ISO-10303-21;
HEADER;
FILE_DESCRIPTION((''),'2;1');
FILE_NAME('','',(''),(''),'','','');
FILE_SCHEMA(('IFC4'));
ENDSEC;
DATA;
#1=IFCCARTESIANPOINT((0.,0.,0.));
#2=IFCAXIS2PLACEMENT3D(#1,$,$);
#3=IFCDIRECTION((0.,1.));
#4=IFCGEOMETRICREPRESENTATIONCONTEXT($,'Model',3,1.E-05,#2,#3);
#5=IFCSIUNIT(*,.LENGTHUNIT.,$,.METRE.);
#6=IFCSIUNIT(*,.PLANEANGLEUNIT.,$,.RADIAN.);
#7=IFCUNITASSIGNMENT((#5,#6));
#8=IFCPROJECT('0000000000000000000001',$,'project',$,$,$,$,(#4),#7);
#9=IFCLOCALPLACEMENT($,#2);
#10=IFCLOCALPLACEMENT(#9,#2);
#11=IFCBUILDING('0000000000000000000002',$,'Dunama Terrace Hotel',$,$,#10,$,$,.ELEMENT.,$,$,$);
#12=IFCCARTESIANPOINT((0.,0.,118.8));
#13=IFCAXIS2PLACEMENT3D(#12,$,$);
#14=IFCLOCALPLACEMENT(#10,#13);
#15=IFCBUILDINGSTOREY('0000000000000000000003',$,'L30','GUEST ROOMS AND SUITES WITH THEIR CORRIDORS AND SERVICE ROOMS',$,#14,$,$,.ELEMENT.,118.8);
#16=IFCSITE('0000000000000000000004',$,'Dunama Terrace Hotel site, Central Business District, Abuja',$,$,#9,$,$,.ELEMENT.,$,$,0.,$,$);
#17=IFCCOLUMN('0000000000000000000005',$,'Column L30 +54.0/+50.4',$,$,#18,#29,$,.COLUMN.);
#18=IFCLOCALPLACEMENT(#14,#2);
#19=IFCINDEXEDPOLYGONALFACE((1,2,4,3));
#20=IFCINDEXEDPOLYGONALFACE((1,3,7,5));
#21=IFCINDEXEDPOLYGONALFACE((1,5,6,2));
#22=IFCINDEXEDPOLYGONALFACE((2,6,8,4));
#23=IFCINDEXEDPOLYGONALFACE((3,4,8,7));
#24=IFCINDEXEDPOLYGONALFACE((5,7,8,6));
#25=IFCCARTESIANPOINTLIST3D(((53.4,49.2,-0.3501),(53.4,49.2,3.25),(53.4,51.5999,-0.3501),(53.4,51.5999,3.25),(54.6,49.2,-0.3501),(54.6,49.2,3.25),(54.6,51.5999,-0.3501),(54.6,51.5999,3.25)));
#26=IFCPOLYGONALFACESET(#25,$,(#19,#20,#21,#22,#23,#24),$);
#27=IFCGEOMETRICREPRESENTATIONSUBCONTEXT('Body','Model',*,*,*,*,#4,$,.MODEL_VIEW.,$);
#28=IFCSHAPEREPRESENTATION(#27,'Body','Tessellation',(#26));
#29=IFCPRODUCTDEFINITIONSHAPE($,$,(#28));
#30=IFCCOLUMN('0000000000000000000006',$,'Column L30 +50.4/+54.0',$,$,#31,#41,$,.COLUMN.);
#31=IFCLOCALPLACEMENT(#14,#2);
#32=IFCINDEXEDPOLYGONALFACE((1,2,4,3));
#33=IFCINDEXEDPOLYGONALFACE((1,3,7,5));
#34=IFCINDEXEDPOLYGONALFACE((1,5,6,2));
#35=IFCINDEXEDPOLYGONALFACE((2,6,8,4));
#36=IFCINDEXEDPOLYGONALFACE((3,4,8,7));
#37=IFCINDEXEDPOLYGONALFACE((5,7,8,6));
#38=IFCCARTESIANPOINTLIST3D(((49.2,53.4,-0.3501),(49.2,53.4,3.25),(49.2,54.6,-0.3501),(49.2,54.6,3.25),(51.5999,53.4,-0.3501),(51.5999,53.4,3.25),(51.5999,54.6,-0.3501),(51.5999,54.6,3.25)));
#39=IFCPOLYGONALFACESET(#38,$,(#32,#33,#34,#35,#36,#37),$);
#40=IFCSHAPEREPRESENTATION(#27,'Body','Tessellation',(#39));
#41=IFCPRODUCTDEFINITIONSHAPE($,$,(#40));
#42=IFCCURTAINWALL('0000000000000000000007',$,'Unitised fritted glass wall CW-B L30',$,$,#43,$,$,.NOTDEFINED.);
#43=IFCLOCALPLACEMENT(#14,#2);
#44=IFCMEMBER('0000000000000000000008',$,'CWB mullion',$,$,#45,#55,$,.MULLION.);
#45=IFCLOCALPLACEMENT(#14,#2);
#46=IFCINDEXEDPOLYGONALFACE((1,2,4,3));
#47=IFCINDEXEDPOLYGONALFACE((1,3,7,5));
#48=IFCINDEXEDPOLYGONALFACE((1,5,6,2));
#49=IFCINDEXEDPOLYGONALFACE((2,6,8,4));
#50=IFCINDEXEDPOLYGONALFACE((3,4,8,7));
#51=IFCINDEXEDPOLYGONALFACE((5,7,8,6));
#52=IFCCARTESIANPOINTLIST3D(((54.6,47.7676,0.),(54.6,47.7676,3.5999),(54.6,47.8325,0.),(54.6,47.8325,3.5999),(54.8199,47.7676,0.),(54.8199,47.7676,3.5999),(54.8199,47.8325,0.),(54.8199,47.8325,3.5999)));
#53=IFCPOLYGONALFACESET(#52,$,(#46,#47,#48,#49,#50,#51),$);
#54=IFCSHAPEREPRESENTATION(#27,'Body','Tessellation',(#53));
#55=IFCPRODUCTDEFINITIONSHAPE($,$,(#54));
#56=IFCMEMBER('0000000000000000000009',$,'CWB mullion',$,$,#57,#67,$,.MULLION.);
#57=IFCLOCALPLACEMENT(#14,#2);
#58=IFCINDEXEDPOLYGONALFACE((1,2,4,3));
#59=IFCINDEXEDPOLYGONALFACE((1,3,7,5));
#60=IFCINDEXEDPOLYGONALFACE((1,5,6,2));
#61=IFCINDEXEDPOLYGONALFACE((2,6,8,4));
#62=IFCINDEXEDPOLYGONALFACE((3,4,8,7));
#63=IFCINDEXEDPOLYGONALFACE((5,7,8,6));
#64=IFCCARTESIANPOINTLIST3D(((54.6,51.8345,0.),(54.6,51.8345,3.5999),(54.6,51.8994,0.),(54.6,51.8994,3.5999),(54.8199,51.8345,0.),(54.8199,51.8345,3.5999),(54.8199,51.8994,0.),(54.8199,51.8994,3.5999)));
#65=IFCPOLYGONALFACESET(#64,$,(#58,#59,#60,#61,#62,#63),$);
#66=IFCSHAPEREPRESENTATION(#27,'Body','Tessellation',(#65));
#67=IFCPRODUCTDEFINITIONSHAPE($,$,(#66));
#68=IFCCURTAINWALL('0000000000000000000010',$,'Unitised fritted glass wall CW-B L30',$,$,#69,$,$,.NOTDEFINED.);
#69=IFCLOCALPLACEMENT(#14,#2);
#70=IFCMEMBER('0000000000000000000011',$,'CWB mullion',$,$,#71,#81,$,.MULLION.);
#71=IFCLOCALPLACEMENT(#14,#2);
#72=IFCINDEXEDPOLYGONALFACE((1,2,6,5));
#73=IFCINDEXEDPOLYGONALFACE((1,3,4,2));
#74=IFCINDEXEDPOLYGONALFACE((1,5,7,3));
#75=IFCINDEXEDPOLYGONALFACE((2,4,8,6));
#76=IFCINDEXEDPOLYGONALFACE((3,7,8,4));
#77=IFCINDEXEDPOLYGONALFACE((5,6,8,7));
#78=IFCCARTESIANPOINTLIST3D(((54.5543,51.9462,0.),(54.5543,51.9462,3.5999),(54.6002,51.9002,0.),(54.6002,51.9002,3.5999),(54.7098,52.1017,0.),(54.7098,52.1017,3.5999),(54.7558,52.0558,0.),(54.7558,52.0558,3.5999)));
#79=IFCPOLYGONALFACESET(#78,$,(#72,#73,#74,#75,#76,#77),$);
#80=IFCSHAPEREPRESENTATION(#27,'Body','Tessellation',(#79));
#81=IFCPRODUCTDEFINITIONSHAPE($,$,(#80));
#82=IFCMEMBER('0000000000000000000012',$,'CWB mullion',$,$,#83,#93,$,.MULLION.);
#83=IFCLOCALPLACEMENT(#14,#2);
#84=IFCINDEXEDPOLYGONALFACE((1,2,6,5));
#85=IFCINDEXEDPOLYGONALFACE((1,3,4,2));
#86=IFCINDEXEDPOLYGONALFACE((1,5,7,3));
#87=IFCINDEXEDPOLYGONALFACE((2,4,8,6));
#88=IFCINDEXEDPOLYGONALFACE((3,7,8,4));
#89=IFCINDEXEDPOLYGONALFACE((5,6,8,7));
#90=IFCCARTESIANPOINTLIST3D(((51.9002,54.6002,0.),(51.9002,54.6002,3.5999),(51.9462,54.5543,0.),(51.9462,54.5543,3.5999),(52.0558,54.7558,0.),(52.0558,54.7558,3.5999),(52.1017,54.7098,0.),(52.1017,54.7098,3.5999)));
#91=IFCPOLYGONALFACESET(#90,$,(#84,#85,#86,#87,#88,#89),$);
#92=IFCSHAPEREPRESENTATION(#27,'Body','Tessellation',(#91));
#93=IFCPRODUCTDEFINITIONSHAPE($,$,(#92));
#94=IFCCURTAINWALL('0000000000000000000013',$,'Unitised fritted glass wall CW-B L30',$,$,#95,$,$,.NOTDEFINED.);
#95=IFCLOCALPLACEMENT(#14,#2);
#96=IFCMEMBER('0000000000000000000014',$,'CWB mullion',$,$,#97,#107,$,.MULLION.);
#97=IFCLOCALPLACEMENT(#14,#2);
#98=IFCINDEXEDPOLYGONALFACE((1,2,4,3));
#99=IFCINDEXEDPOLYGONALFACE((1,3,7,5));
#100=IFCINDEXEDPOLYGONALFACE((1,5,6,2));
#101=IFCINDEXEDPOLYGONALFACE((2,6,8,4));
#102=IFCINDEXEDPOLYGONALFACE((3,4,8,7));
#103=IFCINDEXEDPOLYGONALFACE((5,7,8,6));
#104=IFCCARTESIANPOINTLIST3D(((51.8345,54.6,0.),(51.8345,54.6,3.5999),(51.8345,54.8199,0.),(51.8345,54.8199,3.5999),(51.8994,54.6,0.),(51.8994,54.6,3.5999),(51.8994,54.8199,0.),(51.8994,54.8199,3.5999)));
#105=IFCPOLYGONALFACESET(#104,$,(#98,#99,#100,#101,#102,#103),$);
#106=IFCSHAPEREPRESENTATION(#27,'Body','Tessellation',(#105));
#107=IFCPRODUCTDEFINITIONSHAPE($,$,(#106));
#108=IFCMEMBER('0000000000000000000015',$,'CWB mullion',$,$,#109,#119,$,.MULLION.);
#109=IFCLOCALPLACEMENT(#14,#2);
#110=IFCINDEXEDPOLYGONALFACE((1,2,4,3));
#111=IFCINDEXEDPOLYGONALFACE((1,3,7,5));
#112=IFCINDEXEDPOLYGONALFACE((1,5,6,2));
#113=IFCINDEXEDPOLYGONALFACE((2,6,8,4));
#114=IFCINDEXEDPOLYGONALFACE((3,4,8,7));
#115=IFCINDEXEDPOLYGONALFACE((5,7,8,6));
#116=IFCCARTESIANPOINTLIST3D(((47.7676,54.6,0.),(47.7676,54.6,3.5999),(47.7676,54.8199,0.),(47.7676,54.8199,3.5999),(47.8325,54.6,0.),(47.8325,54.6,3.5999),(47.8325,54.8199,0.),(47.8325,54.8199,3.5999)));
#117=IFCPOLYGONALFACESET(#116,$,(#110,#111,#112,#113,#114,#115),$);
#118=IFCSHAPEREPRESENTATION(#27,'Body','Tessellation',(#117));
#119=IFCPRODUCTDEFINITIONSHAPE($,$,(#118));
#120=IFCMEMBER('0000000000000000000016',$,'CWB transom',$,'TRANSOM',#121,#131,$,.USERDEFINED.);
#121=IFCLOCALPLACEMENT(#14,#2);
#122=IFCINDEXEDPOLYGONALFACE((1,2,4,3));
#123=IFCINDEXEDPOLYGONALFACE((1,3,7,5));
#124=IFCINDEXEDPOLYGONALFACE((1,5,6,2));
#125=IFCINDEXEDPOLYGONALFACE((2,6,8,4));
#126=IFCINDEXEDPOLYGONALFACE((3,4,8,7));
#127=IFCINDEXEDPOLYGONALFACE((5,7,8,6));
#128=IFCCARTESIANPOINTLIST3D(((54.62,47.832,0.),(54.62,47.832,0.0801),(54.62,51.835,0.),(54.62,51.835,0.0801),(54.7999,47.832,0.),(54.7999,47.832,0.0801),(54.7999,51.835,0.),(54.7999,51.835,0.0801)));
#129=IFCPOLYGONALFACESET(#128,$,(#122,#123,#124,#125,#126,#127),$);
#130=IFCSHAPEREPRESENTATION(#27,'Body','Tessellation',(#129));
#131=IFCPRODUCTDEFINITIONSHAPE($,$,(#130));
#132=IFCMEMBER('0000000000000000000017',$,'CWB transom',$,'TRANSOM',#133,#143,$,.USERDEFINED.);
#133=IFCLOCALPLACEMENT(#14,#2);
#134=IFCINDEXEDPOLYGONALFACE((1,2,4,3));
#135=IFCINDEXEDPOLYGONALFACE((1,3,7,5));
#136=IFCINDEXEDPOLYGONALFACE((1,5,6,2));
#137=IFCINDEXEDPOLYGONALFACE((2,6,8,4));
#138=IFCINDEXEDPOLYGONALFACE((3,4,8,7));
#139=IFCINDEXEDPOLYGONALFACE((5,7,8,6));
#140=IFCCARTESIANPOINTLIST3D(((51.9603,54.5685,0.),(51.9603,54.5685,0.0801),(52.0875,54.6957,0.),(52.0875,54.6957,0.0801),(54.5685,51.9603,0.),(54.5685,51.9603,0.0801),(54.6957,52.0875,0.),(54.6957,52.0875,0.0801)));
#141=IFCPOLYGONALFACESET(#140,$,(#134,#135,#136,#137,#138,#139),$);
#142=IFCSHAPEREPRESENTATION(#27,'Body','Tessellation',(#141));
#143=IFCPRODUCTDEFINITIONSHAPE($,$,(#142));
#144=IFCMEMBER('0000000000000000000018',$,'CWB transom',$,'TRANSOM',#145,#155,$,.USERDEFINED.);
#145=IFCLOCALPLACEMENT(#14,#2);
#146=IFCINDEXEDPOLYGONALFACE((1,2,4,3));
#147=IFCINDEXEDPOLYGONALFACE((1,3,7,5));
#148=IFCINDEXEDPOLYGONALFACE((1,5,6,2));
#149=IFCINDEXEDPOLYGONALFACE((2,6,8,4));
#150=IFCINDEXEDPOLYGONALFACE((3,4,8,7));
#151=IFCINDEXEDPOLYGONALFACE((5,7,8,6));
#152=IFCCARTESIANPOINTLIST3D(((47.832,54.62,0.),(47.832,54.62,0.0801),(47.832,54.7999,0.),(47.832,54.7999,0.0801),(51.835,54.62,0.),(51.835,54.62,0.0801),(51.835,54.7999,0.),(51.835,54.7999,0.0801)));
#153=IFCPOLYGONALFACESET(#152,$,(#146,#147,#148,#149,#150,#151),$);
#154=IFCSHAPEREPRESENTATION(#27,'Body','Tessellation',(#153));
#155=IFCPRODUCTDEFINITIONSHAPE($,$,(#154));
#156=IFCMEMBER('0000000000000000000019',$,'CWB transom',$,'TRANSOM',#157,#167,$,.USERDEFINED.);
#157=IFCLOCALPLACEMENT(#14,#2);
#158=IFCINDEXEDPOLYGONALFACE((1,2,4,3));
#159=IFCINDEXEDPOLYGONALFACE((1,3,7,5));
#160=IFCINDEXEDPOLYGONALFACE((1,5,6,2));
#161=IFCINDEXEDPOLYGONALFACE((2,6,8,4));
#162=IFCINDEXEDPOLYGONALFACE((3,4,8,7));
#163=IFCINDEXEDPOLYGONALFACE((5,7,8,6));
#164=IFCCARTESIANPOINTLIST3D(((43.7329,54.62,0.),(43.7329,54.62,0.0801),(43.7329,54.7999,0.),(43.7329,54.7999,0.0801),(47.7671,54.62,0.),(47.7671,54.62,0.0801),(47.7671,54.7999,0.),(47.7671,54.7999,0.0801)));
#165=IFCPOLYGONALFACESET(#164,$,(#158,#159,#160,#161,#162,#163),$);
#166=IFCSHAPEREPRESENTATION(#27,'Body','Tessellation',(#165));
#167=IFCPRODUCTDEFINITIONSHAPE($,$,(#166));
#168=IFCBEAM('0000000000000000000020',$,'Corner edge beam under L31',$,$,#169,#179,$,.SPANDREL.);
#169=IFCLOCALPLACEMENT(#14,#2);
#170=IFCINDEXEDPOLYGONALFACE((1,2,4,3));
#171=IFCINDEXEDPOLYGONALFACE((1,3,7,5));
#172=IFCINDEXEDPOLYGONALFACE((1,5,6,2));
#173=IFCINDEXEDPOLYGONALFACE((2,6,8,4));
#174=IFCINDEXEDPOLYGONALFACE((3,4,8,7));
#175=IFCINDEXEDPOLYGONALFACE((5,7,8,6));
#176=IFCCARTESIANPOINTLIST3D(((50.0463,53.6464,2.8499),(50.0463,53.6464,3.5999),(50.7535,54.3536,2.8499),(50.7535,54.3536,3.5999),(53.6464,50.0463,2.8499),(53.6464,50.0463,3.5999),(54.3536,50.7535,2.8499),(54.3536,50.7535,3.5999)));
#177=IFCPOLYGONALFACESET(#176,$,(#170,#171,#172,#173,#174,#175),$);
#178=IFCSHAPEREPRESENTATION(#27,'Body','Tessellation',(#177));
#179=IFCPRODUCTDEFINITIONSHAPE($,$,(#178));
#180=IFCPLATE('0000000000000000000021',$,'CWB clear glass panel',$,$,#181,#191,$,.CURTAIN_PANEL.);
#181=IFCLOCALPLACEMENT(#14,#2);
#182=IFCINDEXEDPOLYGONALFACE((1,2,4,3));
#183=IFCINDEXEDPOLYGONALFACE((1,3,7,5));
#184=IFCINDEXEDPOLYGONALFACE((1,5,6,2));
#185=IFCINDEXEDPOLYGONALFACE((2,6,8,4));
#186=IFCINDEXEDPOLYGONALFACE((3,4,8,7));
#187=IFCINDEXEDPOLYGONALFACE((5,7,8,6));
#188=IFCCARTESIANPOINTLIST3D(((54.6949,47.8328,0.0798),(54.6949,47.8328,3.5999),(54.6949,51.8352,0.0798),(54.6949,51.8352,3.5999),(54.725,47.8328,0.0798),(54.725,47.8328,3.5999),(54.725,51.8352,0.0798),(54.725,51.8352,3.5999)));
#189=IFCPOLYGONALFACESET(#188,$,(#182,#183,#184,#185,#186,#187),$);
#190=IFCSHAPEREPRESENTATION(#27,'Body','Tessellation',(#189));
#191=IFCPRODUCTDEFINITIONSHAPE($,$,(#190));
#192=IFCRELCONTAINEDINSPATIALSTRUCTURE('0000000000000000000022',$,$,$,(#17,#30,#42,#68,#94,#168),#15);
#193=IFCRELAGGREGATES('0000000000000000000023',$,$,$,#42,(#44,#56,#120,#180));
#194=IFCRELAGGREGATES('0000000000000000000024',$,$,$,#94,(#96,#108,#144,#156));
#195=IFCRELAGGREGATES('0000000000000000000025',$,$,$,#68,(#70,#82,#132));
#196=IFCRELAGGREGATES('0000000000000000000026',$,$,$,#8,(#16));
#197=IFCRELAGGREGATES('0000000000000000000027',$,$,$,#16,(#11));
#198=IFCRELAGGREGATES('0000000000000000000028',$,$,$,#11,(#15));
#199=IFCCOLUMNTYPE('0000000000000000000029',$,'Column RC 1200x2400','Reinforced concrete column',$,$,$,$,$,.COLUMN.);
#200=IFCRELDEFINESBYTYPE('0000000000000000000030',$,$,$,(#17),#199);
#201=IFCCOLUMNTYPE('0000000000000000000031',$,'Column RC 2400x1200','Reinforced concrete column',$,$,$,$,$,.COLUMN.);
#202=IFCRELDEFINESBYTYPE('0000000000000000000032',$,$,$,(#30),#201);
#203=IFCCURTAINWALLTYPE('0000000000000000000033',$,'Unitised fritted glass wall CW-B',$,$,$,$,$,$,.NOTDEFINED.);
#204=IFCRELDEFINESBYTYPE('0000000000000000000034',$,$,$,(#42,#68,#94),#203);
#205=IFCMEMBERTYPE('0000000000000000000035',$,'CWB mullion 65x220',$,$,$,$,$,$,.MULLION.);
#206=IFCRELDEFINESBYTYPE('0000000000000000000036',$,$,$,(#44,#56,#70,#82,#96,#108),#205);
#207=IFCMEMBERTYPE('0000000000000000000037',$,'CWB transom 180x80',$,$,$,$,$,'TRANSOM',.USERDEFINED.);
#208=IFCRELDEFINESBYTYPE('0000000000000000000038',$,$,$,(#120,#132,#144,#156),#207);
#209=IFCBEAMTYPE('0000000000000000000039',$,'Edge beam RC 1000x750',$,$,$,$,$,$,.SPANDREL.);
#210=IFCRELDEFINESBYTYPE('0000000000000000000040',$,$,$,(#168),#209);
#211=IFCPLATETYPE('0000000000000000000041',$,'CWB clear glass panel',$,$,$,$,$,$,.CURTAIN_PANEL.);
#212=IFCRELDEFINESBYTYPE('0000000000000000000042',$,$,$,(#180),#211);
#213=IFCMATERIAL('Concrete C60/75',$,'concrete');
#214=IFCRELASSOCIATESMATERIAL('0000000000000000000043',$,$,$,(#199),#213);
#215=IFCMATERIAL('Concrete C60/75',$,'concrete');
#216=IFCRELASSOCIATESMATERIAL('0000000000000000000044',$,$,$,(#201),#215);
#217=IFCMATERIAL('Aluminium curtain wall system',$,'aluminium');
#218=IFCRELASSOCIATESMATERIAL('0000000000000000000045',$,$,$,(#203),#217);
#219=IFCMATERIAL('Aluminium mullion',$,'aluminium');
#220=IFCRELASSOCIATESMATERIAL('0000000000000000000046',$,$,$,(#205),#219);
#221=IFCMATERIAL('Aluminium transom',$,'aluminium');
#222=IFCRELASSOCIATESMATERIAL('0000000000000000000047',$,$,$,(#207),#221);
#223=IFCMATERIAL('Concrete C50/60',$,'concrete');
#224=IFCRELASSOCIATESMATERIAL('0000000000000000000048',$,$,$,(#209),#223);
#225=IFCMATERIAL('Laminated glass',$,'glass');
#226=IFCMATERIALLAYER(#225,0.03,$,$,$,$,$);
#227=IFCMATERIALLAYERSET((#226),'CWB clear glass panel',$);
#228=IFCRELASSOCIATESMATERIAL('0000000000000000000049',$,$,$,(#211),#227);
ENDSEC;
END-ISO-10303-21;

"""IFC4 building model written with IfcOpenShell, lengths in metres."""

from ifc_helpers import new_model, si_unit, direction, frame, origin, origin_2d, place, context, subcontext, project, spatial, rectangle, extrude, material, layer, layer_set, material_profile, profile_set, type_object, element, aggregate, save


model = new_model("IFC4")

# Units and contexts
model_context = context("Model", 3, precision=1e-05, world=origin(), true_north=direction((0.0, 1.0)))
body_context = subcontext(model_context, "Body", "Model", "MODEL_VIEW")
ifc_project = project(units=[si_unit("LENGTHUNIT", "METRE"), si_unit("PLANEANGLEUNIT", "RADIAN")], contexts=[model_context])

# Site, building, storey
site_placement = place(None, origin())
site = spatial("IfcSite", under=ifc_project, at=site_placement, Name="Dunama Terrace Hotel site, Central Business District, Abuja", CompositionType="ELEMENT", RefElevation=0.0)
building_placement = place(site_placement, origin())
building = spatial("IfcBuilding", under=site, at=building_placement, Name="Dunama Terrace Hotel", CompositionType="ELEMENT")
storey_placement = place(building_placement, frame((0.0, 0.0, 118.8)))
storey = spatial("IfcBuildingStorey", under=building, at=storey_placement, Name="L30", Description="GUEST ROOMS AND SUITES WITH THEIR CORRIDORS AND SERVICE ROOMS", CompositionType="ELEMENT", Elevation=118.8)

# Columns
ifc_material_1 = material(Name="Concrete C60/75", Category="concrete")
ifc_material_profile_1 = material_profile(ifc_material_1, rectangle(XDim=1.2, YDim=2.3999, at=origin_2d()), Name="RC 1200x2400")
ifc_profile_set_1 = profile_set([ifc_material_profile_1], Name="Concrete C60/75")
column_type_1 = type_object("IfcColumnType", Name="Column RC 1200x2400", Description="Reinforced concrete column", PredefinedType="COLUMN", material=ifc_profile_set_1)
column_1_placement = place(storey_placement, frame((54.0, 50.3999, -0.3501), z_axis=(0.0, 0.0, 1.0), x_axis=(1.0, 0.0, 0.0)))
element("IfcColumn", 1, at=column_1_placement, inside=storey, type_object=column_type_1, Name="Column L30 +54.0/+50.4", PredefinedType="COLUMN", context=body_context, shape_type="SweptSolid", body=[
    extrude(rectangle(XDim=1.2, YDim=2.3999, at=origin_2d()), origin(), (0.0, 0.0, 1.0), 3.6001),
])
ifc_material_2 = material(Name="Concrete C60/75", Category="concrete")
ifc_material_profile_2 = material_profile(ifc_material_2, rectangle(XDim=2.3999, YDim=1.2, at=origin_2d()), Name="RC 2400x1200")
ifc_profile_set_2 = profile_set([ifc_material_profile_2], Name="Concrete C60/75")
column_type_2 = type_object("IfcColumnType", Name="Column RC 2400x1200", Description="Reinforced concrete column", PredefinedType="COLUMN", material=ifc_profile_set_2)
column_2_placement = place(storey_placement, frame((50.3999, 54.0, -0.3501), z_axis=(0.0, 0.0, 1.0), x_axis=(1.0, 0.0, 0.0)))
element("IfcColumn", 2, at=column_2_placement, inside=storey, type_object=column_type_2, Name="Column L30 +50.4/+54.0", PredefinedType="COLUMN", context=body_context, shape_type="SweptSolid", body=[
    extrude(rectangle(XDim=2.3999, YDim=1.2, at=origin_2d()), origin(), (0.0, 0.0, 1.0), 3.6001),
])

# Curtain walls, members
ifc_material_3 = material(Name="Aluminium curtain wall system", Category="aluminium")
curtain_wall_type = type_object("IfcCurtainWallType", Name="Unitised fritted glass wall CW-B", PredefinedType="NOTDEFINED", material=ifc_material_3)
curtain_wall_1_placement = place(storey_placement, origin())
curtain_wall_1 = element("IfcCurtainWall", 3, at=curtain_wall_1_placement, inside=storey, type_object=curtain_wall_type, Name="Unitised fritted glass wall CW-B L30", PredefinedType="NOTDEFINED")
ifc_material_4 = material(Name="Aluminium mullion", Category="aluminium")
ifc_material_profile_3 = material_profile(ifc_material_4, rectangle(XDim=0.0649, YDim=0.22, at=origin_2d()), Name="CWB MULLION 65X220")
ifc_profile_set_3 = profile_set([ifc_material_profile_3], Name="Aluminium mullion")
member_type_1 = type_object("IfcMemberType", Name="CWB mullion 65x220", PredefinedType="MULLION", material=ifc_profile_set_3)
member_1_placement = place(storey_placement, frame((54.71, 47.8, 0.0), z_axis=(0.0, 0.0, 1.0), x_axis=(0.0, 1.0, 0.0)))
member_1 = element("IfcMember", 4, at=member_1_placement, type_object=member_type_1, Name="CWB mullion", PredefinedType="MULLION", context=body_context, shape_type="SweptSolid", body=[
    extrude(rectangle(XDim=0.0649, YDim=0.22, at=origin_2d()), origin(), (0.0, 0.0, 1.0), 3.5999),
])
member_2_placement = place(storey_placement, frame((54.71, 51.8669, 0.0), z_axis=(0.0, 0.0, 1.0), x_axis=(0.0, 1.0, 0.0)))
member_2 = element("IfcMember", 5, at=member_2_placement, type_object=member_type_1, Name="CWB mullion", PredefinedType="MULLION", context=body_context, shape_type="SweptSolid", body=[
    extrude(rectangle(XDim=0.0649, YDim=0.22, at=origin_2d()), origin(), (0.0, 0.0, 1.0), 3.5999),
])
curtain_wall_2_placement = place(storey_placement, origin())
curtain_wall_2 = element("IfcCurtainWall", 6, at=curtain_wall_2_placement, inside=storey, type_object=curtain_wall_type, Name="Unitised fritted glass wall CW-B L30", PredefinedType="NOTDEFINED")
member_3_placement = place(storey_placement, frame((54.655, 52.001, 0.0), z_axis=(0.0, 0.0, 1.0), x_axis=(-0.707107, 0.707107, 0.0)))
member_3 = element("IfcMember", 7, at=member_3_placement, type_object=member_type_1, Name="CWB mullion", PredefinedType="MULLION", context=body_context, shape_type="SweptSolid", body=[
    extrude(rectangle(XDim=0.0649, YDim=0.22, at=origin_2d()), origin(), (0.0, 0.0, 1.0), 3.5999),
])
member_4_placement = place(storey_placement, frame((52.001, 54.655, 0.0), z_axis=(0.0, 0.0, 1.0), x_axis=(-0.707107, 0.707107, 0.0)))
member_4 = element("IfcMember", 8, at=member_4_placement, type_object=member_type_1, Name="CWB mullion", PredefinedType="MULLION", context=body_context, shape_type="SweptSolid", body=[
    extrude(rectangle(XDim=0.0649, YDim=0.22, at=origin_2d()), origin(), (0.0, 0.0, 1.0), 3.5999),
])
curtain_wall_3_placement = place(storey_placement, origin())
curtain_wall_3 = element("IfcCurtainWall", 9, at=curtain_wall_3_placement, inside=storey, type_object=curtain_wall_type, Name="Unitised fritted glass wall CW-B L30", PredefinedType="NOTDEFINED")
member_5_placement = place(storey_placement, frame((51.8669, 54.71, 0.0), z_axis=(0.0, 0.0, 1.0), x_axis=(-1.0, 0.0, 0.0)))
member_5 = element("IfcMember", 10, at=member_5_placement, type_object=member_type_1, Name="CWB mullion", PredefinedType="MULLION", context=body_context, shape_type="SweptSolid", body=[
    extrude(rectangle(XDim=0.0649, YDim=0.22, at=origin_2d()), origin(), (0.0, 0.0, 1.0), 3.5999),
])
member_6_placement = place(storey_placement, frame((47.8, 54.71, 0.0), z_axis=(0.0, 0.0, 1.0), x_axis=(-1.0, 0.0, 0.0)))
member_6 = element("IfcMember", 11, at=member_6_placement, type_object=member_type_1, Name="CWB mullion", PredefinedType="MULLION", context=body_context, shape_type="SweptSolid", body=[
    extrude(rectangle(XDim=0.0649, YDim=0.22, at=origin_2d()), origin(), (0.0, 0.0, 1.0), 3.5999),
])

# Members
ifc_material_5 = material(Name="Aluminium transom", Category="aluminium")
ifc_material_profile_4 = material_profile(ifc_material_5, rectangle(XDim=0.1799, YDim=0.0801, at=origin_2d()), Name="CWB TRANSOM 180X80")
ifc_profile_set_4 = profile_set([ifc_material_profile_4], Name="Aluminium transom")
member_type_2 = type_object("IfcMemberType", Name="CWB transom 180x80", ElementType="TRANSOM", PredefinedType="USERDEFINED", material=ifc_profile_set_4)
member_7_placement = place(storey_placement, frame((54.71, 47.832, 0.04), z_axis=(0.0, 1.0, 0.0), x_axis=(-1.0, 0.0, 0.0)))
member_7 = element("IfcMember", 12, at=member_7_placement, type_object=member_type_2, Name="CWB transom", ObjectType="TRANSOM", PredefinedType="USERDEFINED", context=body_context, shape_type="SweptSolid", body=[
    extrude(rectangle(XDim=0.1799, YDim=0.0801, at=origin_2d()), origin(), (0.0, 0.0, 1.0), 4.0029),
])
member_8_placement = place(storey_placement, frame((54.6321, 52.0239, 0.04), z_axis=(-0.707107, 0.707107, 0.0), x_axis=(-0.707107, -0.707107, 0.0)))
member_8 = element("IfcMember", 13, at=member_8_placement, type_object=member_type_2, Name="CWB transom", ObjectType="TRANSOM", PredefinedType="USERDEFINED", context=body_context, shape_type="SweptSolid", body=[
    extrude(rectangle(XDim=0.1799, YDim=0.0801, at=origin_2d()), origin(), (0.0, 0.0, 1.0), 3.6885),
])
member_9_placement = place(storey_placement, frame((51.835, 54.71, 0.04), z_axis=(-1.0, 0.0, 0.0), x_axis=(0.0, -1.0, 0.0)))
member_9 = element("IfcMember", 14, at=member_9_placement, type_object=member_type_2, Name="CWB transom", ObjectType="TRANSOM", PredefinedType="USERDEFINED", context=body_context, shape_type="SweptSolid", body=[
    extrude(rectangle(XDim=0.1799, YDim=0.0801, at=origin_2d()), origin(), (0.0, 0.0, 1.0), 4.0029),
])
member_10_placement = place(storey_placement, frame((47.7671, 54.71, 0.04), z_axis=(-1.0, 0.0, 0.0), x_axis=(0.0, -1.0, 0.0)))
member_10 = element("IfcMember", 15, at=member_10_placement, type_object=member_type_2, Name="CWB transom", ObjectType="TRANSOM", PredefinedType="USERDEFINED", context=body_context, shape_type="SweptSolid", body=[
    extrude(rectangle(XDim=0.1799, YDim=0.0801, at=origin_2d()), origin(), (0.0, 0.0, 1.0), 4.0342),
])

# Beam
ifc_material_6 = material(Name="Concrete C50/60", Category="concrete")
ifc_material_profile_5 = material_profile(ifc_material_6, rectangle(XDim=1.0, YDim=0.75, at=origin_2d()), Name="RC 1000x750")
ifc_profile_set_5 = profile_set([ifc_material_profile_5], Name="Concrete C50/60")
beam_type = type_object("IfcBeamType", Name="Edge beam RC 1000x750", PredefinedType="SPANDREL", material=ifc_profile_set_5)
beam_placement = place(storey_placement, frame((50.3999, 54.0, 3.2249), z_axis=(0.707107, -0.707107, 0.0), x_axis=(0.707107, 0.707107, 0.0)))
element("IfcBeam", 16, at=beam_placement, inside=storey, type_object=beam_type, Name="Corner edge beam under L31", PredefinedType="SPANDREL", context=body_context, shape_type="SweptSolid", body=[
    extrude(rectangle(XDim=1.0, YDim=0.75, at=origin_2d()), origin(), (0.0, 0.0, 1.0), 5.0913),
])

# Plate
ifc_material_7 = material(Name="Laminated glass", Category="glass")
ifc_layer_1 = layer(ifc_material_7, 0.03)
ifc_layer_set_1 = layer_set([ifc_layer_1], Name="CWB clear glass panel")
plate_type_1 = type_object("IfcPlateType", Name="CWB clear glass panel", PredefinedType="CURTAIN_PANEL", material=ifc_layer_set_1)
plate_1_placement = place(storey_placement, frame((54.71, 49.834, 0.0798), z_axis=(0.0, 0.0, 1.0), x_axis=(0.0, 1.0, 0.0)))
plate_1 = element("IfcPlate", 17, at=plate_1_placement, type_object=plate_type_1, Name="CWB clear glass panel", PredefinedType="CURTAIN_PANEL", context=body_context, shape_type="SweptSolid", body=[
    extrude(rectangle(XDim=4.0024, YDim=0.03, at=origin_2d()), origin(), (0.0, 0.0, 1.0), 3.52),
])
aggregate(curtain_wall_1, [member_1, member_2, member_7, plate_1])
aggregate(curtain_wall_3, [member_5, member_6, member_9, member_10])
aggregate(curtain_wall_2, [member_3, member_4, member_8])

save(model, "model.ifc")
